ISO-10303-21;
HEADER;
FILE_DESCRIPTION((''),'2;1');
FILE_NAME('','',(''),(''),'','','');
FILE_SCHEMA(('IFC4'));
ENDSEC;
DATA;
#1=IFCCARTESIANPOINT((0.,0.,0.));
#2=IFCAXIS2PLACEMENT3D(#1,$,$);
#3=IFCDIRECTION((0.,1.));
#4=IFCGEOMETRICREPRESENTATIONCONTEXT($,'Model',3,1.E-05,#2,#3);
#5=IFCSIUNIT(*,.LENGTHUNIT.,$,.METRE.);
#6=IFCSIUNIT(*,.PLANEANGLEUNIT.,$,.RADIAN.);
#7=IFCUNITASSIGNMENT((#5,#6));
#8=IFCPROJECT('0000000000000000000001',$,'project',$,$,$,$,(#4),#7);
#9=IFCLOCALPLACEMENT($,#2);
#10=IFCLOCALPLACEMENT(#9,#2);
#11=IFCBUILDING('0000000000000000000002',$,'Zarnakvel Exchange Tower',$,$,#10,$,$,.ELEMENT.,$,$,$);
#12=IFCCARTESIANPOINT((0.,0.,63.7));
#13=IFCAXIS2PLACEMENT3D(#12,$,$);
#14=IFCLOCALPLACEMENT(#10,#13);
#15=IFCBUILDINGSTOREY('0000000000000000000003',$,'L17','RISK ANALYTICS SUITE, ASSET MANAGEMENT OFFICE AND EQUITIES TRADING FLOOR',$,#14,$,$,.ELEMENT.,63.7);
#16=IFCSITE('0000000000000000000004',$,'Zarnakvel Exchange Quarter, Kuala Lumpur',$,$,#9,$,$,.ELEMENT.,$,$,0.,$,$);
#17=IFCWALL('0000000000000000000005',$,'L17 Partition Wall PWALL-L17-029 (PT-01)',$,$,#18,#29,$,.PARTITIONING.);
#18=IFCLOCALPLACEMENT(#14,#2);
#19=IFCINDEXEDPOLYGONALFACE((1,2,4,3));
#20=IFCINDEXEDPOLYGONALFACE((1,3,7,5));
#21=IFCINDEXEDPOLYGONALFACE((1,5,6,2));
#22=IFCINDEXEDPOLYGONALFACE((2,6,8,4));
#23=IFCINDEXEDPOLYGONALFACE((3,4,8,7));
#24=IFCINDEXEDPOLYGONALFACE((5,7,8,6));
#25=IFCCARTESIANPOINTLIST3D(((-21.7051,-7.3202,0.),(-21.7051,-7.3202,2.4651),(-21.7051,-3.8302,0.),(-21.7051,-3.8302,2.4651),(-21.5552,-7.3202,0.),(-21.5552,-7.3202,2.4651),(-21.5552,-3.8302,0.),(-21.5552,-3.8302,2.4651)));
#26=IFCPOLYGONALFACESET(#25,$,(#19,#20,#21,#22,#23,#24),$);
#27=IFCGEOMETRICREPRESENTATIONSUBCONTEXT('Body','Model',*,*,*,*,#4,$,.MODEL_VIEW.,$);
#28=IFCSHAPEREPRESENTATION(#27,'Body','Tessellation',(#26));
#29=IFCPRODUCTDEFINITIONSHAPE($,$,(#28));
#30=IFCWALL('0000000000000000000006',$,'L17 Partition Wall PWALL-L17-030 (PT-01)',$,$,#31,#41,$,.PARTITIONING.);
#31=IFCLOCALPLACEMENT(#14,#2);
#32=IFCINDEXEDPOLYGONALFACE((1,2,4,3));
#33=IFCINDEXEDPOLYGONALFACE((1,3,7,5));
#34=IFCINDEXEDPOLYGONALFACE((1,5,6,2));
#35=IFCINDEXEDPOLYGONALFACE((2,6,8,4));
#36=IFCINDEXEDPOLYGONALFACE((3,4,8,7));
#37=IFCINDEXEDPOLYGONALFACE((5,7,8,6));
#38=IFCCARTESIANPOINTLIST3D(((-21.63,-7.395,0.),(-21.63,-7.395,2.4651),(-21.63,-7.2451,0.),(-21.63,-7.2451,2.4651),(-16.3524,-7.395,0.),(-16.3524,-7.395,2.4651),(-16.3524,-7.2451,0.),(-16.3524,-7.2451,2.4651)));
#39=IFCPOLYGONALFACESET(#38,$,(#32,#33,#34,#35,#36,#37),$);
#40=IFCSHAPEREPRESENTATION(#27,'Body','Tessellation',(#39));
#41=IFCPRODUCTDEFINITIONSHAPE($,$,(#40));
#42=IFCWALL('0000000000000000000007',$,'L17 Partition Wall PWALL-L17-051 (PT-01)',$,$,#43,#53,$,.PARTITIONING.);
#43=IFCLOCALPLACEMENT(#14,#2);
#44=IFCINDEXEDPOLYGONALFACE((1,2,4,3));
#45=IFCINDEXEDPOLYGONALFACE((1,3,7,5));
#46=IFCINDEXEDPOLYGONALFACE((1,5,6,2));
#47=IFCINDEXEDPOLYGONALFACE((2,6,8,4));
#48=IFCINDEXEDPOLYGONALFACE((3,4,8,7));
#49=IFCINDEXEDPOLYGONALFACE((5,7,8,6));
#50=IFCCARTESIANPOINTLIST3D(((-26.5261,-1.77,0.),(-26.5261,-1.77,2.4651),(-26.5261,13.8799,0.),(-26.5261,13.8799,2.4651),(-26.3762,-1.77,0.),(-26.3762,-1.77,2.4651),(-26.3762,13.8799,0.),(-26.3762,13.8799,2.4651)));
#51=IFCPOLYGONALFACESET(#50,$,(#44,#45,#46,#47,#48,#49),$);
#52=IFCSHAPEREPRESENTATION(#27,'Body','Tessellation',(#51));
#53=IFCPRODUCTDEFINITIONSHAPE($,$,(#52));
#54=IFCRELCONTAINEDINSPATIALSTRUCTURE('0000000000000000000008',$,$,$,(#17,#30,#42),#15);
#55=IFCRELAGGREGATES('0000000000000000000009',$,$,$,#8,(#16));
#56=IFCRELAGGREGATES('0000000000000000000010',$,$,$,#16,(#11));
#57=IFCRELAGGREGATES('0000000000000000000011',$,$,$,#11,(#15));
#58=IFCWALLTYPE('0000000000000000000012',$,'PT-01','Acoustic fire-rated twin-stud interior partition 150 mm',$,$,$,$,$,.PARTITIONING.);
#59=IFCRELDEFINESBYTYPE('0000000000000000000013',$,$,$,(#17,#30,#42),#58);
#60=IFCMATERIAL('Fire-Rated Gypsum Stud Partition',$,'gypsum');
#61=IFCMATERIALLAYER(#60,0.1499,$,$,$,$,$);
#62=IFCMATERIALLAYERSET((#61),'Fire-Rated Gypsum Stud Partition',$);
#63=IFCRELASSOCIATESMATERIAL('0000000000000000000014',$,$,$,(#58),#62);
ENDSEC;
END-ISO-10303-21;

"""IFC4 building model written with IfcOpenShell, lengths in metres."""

from ifc_helpers import new_model, si_unit, direction, frame, frame_2d, origin, place, context, subcontext, project, spatial, rectangle, extrude, material, layer, layer_set, type_object, element, save


model = new_model("IFC4")

# Units and contexts
model_context = context("Model", 3, precision=1e-05, world=origin(), true_north=direction((0.0, 1.0)))
body_context = subcontext(model_context, "Body", "Model", "MODEL_VIEW")
ifc_project = project(units=[si_unit("LENGTHUNIT", "METRE"), si_unit("PLANEANGLEUNIT", "RADIAN")], contexts=[model_context])

# Site, building, storey
site_placement = place(None, origin())
site = spatial("IfcSite", under=ifc_project, at=site_placement, Name="Zarnakvel Exchange Quarter, Kuala Lumpur", CompositionType="ELEMENT", RefElevation=0.0)
building_placement = place(site_placement, origin())
building = spatial("IfcBuilding", under=site, at=building_placement, Name="Zarnakvel Exchange Tower", CompositionType="ELEMENT")
storey_placement = place(building_placement, frame((0.0, 0.0, 63.7)))
storey = spatial("IfcBuildingStorey", under=building, at=storey_placement, Name="L17", Description="RISK ANALYTICS SUITE, ASSET MANAGEMENT OFFICE AND EQUITIES TRADING FLOOR", CompositionType="ELEMENT", Elevation=63.7)

# Shared definitions
ifc_material_1 = material(Name="Fire-Rated Gypsum Stud Partition", Category="gypsum")
ifc_layer_1 = layer(ifc_material_1, 0.1499)
ifc_layer_set_1 = layer_set([ifc_layer_1], Name="Fire-Rated Gypsum Stud Partition")
wall_type = type_object("IfcWallType", Name="PT-01", Description="Acoustic fire-rated twin-stud interior partition 150 mm", PredefinedType="PARTITIONING", material=ifc_layer_set_1)

# Walls
wall_1_placement = place(storey_placement, frame((-21.6301, -3.8301, 0.0), z_axis=(0.0, 0.0, 1.0), x_axis=(0.0, -1.0, 0.0)))
element("IfcWall", 1, at=wall_1_placement, inside=storey, type_object=wall_type, Name="L17 Partition Wall PWALL-L17-029 (PT-01)", PredefinedType="PARTITIONING", context=body_context, shape_type="SweptSolid", body=[
    extrude(rectangle(XDim=3.49, YDim=0.1499, at=frame_2d((1.7451, 0.0))), origin(), (0.0, 0.0, 1.0), 2.4651),
])
wall_2_placement = place(storey_placement, frame((-16.3525, -7.3201, 0.0), z_axis=(0.0, 0.0, 1.0), x_axis=(-1.0, 0.0, 0.0)))
element("IfcWall", 2, at=wall_2_placement, inside=storey, type_object=wall_type, Name="L17 Partition Wall PWALL-L17-030 (PT-01)", PredefinedType="PARTITIONING", context=body_context, shape_type="SweptSolid", body=[
    extrude(rectangle(XDim=5.2776, YDim=0.1499, at=frame_2d((2.6387, 0.0))), origin(), (0.0, 0.0, 1.0), 2.4651),
])

# Wall
wall_3_placement = place(storey_placement, frame((-26.4512, -1.77, 0.0), z_axis=(0.0, 0.0, 1.0), x_axis=(0.0, 1.0, 0.0)))
element("IfcWall", 3, at=wall_3_placement, inside=storey, type_object=wall_type, Name="L17 Partition Wall PWALL-L17-051 (PT-01)", PredefinedType="PARTITIONING", context=body_context, shape_type="SweptSolid", body=[
    extrude(rectangle(XDim=15.6499, YDim=0.1499, at=frame_2d((7.825, 0.0))), origin(), (0.0, 0.0, 1.0), 2.4651),
])

save(model, "model.ifc")
